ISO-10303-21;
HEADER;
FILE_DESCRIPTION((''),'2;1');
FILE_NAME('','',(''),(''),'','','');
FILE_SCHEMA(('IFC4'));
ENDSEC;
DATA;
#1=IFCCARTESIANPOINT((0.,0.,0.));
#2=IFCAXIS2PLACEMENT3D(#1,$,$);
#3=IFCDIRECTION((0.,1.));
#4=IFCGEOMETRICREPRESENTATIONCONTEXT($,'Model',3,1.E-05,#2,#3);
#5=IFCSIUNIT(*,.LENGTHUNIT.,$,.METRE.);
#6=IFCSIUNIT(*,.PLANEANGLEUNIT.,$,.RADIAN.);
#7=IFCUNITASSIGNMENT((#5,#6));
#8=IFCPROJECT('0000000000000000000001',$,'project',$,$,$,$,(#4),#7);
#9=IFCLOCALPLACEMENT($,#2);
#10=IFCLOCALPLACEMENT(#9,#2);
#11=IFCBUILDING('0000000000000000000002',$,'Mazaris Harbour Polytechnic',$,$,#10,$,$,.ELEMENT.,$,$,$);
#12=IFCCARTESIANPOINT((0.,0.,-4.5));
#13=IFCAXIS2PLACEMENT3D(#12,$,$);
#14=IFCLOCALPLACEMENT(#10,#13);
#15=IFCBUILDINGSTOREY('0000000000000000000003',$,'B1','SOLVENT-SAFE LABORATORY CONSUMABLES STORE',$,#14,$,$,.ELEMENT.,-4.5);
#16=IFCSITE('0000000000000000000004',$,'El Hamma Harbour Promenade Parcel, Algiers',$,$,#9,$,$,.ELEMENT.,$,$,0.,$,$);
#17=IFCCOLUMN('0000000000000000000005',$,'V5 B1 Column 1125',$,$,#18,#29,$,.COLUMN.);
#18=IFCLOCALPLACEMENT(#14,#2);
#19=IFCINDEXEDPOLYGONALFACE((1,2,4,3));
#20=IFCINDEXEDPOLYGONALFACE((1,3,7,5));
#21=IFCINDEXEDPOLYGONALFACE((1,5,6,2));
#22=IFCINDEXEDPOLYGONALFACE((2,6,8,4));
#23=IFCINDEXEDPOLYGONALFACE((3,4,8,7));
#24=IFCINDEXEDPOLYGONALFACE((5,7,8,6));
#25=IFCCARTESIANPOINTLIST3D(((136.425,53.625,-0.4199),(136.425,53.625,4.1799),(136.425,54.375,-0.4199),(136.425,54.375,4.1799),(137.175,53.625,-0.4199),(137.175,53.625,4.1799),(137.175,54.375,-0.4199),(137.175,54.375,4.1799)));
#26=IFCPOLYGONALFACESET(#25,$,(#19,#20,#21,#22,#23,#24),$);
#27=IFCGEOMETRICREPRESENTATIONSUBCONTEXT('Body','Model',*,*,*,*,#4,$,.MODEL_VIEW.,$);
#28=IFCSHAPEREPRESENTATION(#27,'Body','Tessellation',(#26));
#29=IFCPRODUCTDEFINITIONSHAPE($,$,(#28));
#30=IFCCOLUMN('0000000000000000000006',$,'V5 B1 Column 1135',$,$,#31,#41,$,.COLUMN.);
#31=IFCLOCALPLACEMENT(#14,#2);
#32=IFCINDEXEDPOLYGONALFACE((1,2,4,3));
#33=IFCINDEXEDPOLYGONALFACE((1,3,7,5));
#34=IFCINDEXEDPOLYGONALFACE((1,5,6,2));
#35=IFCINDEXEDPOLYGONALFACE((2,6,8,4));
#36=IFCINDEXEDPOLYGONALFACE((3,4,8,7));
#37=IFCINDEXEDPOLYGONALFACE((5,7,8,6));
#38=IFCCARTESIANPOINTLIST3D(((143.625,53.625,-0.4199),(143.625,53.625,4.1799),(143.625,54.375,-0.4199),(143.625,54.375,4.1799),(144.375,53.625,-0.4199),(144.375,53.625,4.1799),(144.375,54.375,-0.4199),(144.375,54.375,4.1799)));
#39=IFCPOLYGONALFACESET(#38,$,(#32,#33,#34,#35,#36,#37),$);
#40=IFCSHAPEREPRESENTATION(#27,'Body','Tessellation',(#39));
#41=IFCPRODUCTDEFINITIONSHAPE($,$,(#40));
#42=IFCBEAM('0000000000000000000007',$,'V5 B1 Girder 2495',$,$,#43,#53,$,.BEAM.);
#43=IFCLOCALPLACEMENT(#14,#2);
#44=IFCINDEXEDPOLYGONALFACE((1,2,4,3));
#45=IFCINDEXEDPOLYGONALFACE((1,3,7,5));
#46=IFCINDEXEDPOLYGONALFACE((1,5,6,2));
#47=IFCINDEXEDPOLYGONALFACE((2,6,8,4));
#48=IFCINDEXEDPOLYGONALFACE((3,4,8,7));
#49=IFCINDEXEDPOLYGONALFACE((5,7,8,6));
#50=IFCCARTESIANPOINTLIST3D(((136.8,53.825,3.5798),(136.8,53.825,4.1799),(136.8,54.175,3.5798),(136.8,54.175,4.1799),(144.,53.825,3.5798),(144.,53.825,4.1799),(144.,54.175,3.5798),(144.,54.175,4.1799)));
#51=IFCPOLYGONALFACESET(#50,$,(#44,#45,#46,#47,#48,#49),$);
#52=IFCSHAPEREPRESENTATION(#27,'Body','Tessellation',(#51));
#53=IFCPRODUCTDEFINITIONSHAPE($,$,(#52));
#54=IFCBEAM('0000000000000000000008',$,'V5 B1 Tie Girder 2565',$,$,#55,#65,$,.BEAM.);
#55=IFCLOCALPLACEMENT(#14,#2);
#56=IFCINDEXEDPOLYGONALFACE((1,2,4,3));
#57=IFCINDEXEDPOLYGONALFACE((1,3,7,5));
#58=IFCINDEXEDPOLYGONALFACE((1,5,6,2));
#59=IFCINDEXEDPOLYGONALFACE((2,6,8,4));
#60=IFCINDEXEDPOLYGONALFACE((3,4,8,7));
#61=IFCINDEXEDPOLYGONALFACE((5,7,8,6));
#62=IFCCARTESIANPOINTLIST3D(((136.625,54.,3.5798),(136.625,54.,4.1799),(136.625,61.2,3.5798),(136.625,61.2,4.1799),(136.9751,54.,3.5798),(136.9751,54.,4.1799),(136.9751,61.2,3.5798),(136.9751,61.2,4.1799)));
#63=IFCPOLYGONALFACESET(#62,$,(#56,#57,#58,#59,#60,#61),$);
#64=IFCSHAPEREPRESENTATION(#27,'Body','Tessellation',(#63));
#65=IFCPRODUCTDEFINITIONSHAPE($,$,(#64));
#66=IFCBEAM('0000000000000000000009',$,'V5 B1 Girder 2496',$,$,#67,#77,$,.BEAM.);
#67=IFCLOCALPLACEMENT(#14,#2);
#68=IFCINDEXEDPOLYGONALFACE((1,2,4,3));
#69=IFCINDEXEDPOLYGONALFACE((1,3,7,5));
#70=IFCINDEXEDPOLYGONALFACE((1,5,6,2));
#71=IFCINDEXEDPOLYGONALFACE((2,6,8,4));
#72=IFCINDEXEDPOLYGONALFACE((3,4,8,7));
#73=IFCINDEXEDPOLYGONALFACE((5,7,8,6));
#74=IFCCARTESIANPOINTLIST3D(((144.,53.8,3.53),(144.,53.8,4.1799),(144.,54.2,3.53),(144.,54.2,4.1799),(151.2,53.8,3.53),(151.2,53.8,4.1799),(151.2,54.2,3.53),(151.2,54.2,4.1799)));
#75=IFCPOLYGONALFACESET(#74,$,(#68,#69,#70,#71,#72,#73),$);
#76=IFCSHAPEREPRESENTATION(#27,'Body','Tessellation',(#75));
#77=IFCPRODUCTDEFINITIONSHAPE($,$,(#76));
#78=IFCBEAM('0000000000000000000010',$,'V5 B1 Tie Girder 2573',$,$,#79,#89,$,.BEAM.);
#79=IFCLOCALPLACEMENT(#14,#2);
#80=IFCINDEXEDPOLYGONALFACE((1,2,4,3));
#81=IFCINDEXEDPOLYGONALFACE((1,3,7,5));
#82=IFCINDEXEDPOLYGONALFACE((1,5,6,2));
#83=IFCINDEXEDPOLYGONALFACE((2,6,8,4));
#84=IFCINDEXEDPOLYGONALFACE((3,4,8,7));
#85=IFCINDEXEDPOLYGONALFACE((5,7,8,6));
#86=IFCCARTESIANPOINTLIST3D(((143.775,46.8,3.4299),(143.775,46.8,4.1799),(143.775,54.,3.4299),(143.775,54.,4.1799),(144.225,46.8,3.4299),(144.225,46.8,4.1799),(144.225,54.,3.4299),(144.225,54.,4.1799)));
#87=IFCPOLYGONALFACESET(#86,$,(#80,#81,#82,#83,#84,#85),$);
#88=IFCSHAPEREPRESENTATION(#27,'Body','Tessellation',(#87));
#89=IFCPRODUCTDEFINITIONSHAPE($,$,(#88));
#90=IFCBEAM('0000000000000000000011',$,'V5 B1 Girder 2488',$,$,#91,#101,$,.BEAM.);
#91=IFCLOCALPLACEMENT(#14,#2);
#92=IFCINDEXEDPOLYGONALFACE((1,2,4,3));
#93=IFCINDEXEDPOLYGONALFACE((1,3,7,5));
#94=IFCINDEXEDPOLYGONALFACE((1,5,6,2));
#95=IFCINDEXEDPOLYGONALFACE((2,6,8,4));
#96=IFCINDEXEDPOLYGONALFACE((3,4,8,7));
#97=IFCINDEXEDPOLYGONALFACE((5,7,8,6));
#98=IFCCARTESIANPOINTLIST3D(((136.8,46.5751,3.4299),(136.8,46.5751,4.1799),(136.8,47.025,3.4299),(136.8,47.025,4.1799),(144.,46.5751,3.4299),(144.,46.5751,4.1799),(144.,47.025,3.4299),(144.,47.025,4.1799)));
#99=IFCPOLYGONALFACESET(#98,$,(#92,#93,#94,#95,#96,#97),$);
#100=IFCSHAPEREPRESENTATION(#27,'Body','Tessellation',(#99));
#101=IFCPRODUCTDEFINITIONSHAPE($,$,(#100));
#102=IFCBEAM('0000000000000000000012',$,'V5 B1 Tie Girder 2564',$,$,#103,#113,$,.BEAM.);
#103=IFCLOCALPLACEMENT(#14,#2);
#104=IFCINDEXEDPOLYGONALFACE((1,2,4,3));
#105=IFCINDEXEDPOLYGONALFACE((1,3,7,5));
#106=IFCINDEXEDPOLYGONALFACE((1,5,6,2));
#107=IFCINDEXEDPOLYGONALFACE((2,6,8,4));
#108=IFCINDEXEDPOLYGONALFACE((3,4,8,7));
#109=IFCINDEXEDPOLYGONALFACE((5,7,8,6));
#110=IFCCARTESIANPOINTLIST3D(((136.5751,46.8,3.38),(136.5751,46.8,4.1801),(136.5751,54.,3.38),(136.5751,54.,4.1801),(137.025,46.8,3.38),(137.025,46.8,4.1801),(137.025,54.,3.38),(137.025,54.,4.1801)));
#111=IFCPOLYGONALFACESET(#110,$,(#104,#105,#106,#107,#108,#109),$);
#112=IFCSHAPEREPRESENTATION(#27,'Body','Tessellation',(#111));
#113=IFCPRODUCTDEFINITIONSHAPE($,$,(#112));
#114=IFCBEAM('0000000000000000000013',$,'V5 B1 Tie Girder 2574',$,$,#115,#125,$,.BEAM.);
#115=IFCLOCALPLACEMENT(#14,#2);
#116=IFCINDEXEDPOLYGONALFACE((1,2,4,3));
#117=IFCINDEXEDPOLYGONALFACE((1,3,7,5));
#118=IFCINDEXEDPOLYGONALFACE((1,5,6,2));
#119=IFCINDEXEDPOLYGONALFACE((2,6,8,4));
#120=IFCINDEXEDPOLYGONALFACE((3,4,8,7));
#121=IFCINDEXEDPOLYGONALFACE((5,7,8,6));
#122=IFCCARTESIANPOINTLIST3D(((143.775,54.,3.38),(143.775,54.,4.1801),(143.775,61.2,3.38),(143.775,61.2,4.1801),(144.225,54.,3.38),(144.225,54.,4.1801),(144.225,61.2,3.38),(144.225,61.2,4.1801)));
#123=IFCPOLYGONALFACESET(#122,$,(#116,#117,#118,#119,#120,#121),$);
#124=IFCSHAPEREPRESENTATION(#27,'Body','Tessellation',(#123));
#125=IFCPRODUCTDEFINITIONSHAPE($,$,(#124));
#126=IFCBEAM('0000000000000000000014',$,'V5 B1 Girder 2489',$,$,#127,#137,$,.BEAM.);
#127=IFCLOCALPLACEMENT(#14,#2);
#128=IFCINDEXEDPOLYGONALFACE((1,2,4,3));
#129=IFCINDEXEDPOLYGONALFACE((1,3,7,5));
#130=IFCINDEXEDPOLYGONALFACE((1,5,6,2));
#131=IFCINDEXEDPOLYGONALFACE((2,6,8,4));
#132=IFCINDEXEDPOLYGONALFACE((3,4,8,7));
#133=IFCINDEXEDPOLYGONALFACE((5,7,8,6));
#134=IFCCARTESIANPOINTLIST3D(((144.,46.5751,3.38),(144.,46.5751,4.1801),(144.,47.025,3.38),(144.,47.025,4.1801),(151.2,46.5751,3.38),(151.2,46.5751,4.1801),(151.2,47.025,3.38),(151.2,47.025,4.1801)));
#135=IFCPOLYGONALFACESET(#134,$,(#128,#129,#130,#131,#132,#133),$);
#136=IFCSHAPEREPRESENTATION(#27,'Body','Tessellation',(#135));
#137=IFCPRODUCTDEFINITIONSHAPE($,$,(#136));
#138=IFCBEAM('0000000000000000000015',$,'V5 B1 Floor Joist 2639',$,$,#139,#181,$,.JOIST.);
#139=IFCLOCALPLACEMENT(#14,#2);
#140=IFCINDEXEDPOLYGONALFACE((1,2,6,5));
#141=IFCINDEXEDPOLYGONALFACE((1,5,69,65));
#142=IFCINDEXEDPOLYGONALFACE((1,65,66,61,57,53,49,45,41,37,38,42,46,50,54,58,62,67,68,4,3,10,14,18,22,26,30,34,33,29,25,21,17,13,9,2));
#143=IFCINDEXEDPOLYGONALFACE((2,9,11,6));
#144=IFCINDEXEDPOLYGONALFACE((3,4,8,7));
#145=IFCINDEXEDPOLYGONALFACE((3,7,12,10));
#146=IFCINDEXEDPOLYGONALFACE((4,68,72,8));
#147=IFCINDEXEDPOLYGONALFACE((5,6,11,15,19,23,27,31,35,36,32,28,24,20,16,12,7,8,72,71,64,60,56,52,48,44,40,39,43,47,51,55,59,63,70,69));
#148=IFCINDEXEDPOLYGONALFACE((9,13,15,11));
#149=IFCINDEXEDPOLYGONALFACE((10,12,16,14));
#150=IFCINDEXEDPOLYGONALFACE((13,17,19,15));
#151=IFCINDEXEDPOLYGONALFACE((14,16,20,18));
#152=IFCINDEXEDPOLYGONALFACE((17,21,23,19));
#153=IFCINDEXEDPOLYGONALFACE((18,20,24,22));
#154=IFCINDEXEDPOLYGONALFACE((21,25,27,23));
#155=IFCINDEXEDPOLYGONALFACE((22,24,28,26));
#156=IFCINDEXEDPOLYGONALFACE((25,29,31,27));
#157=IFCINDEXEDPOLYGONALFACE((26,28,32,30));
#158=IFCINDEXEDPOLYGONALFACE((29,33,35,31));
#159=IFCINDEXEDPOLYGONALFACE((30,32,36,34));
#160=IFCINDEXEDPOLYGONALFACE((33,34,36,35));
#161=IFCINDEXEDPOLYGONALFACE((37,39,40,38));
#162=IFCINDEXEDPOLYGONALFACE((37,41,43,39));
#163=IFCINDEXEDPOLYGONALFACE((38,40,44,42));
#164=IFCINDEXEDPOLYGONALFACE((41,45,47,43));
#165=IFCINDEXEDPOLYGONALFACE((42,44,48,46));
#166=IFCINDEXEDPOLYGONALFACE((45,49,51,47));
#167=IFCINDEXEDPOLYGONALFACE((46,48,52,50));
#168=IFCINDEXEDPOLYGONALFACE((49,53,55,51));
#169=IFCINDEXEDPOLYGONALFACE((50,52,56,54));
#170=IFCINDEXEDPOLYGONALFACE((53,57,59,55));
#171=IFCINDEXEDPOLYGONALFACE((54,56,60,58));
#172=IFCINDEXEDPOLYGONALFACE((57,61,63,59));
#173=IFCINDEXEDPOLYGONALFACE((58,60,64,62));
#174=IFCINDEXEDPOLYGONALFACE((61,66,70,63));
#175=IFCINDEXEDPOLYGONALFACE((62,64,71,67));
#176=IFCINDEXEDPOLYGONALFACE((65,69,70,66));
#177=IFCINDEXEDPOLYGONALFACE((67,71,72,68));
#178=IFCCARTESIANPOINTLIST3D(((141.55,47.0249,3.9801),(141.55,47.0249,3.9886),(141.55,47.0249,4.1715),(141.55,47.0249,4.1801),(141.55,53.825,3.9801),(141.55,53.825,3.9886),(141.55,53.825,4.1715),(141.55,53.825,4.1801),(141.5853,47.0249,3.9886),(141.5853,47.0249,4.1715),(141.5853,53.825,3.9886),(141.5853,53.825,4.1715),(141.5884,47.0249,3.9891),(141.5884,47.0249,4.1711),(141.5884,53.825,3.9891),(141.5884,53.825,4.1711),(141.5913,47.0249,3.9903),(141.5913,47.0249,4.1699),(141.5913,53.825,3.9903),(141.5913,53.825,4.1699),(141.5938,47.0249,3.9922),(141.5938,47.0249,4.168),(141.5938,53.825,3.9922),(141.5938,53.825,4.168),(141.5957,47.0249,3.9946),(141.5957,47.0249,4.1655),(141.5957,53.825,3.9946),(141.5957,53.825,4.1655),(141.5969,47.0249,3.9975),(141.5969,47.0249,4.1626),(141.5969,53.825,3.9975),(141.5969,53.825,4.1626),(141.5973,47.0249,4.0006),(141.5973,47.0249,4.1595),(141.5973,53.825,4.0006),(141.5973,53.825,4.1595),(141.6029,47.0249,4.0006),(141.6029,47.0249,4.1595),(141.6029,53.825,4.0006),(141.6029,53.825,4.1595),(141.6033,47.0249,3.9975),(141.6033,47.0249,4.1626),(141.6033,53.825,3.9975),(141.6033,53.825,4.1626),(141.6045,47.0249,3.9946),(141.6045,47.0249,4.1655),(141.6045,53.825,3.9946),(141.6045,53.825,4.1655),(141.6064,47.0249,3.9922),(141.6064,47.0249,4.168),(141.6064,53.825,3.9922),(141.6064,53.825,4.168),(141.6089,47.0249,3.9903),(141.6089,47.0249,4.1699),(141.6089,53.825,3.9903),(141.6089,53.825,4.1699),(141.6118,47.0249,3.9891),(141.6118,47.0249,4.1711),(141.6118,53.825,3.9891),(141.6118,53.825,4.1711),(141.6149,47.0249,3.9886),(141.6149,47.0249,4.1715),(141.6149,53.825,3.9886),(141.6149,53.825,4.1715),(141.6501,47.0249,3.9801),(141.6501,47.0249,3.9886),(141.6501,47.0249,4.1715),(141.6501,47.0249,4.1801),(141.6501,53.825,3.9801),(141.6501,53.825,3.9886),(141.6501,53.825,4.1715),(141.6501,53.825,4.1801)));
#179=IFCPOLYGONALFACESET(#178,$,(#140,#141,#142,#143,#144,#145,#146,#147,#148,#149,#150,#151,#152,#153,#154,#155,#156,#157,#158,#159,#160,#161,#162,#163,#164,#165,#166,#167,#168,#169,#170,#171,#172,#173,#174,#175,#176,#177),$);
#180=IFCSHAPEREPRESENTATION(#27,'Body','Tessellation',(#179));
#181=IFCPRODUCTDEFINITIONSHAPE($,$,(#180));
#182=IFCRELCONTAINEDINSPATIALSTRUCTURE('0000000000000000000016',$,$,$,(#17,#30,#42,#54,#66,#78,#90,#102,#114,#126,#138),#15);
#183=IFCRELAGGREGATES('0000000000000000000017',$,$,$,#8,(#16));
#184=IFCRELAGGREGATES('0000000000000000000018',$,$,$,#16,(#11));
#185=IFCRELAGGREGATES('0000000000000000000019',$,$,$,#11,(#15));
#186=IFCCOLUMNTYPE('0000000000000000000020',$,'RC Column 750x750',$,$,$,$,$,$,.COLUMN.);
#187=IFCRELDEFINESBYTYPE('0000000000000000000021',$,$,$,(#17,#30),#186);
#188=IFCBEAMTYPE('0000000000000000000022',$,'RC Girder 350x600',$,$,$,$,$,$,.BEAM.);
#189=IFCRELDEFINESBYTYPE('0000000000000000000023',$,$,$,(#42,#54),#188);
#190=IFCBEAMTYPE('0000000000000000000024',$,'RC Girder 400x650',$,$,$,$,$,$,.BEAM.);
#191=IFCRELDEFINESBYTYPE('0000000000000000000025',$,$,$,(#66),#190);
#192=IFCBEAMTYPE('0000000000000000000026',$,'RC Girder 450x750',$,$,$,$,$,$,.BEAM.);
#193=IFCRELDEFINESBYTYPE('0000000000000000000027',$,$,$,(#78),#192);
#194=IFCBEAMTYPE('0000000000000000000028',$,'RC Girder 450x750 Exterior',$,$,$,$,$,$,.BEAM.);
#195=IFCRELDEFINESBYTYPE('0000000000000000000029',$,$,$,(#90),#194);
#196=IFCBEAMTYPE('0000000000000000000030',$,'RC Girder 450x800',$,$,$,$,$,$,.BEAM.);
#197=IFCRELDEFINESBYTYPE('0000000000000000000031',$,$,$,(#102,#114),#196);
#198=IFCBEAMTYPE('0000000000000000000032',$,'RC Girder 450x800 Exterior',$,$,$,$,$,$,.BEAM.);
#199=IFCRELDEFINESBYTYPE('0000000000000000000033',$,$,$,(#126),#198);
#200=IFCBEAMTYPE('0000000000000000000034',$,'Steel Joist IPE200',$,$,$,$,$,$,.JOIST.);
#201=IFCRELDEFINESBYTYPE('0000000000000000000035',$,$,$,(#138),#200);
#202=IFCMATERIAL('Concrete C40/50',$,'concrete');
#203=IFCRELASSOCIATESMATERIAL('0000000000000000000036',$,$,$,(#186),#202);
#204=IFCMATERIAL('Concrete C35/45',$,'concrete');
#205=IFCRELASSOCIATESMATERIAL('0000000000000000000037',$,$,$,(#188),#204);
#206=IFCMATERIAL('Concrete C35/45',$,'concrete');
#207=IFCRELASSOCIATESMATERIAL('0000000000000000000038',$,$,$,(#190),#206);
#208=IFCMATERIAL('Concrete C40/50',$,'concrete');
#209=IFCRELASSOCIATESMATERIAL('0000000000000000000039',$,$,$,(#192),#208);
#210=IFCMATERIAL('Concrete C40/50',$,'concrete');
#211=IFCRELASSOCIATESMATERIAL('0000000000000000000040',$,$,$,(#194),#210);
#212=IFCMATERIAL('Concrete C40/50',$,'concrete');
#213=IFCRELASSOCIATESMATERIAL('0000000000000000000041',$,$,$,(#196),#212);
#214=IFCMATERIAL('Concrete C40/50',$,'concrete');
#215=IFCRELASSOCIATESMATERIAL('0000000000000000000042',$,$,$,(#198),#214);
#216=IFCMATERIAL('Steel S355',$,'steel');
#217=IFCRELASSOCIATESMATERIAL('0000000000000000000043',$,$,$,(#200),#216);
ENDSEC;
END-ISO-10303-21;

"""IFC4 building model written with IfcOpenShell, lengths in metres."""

from ifc_helpers import new_model, si_unit, direction, frame, origin, origin_2d, place, context, subcontext, project, spatial, rectangle, i_section, extrude, material, material_profile, profile_set, type_object, element, save


model = new_model("IFC4")

# Units and contexts
model_context = context("Model", 3, precision=1e-05, world=origin(), true_north=direction((0.0, 1.0)))
body_context = subcontext(model_context, "Body", "Model", "MODEL_VIEW")
ifc_project = project(units=[si_unit("LENGTHUNIT", "METRE"), si_unit("PLANEANGLEUNIT", "RADIAN")], contexts=[model_context])

# Site, building, storey
site_placement = place(None, origin())
site = spatial("IfcSite", under=ifc_project, at=site_placement, Name="El Hamma Harbour Promenade Parcel, Algiers", CompositionType="ELEMENT", RefElevation=0.0)
building_placement = place(site_placement, origin())
building = spatial("IfcBuilding", under=site, at=building_placement, Name="Mazaris Harbour Polytechnic", CompositionType="ELEMENT")
storey_placement = place(building_placement, frame((0.0, 0.0, -4.5)))
storey = spatial("IfcBuildingStorey", under=building, at=storey_placement, Name="B1", Description="SOLVENT-SAFE LABORATORY CONSUMABLES STORE", CompositionType="ELEMENT", Elevation=-4.5)

# Columns
ifc_material_1 = material(Name="Concrete C40/50", Category="concrete")
ifc_material_profile_1 = material_profile(ifc_material_1, rectangle(XDim=0.75, YDim=0.75, at=origin_2d()), Name="RECT750x750")
ifc_profile_set_1 = profile_set([ifc_material_profile_1], Name="Concrete C40/50")
column_type_1 = type_object("IfcColumnType", Name="RC Column 750x750", PredefinedType="COLUMN", material=ifc_profile_set_1)
for number, where, z_axis, x_axis, name in (
    (1, (136.8, 54.0, -0.4199), (0.0, 0.0, 1.0), (1.0, 0.0, 0.0), "V5 B1 Column 1125"),
    (2, (144.0, 54.0, -0.4199), (0.0, 0.0, 1.0), (1.0, 0.0, 0.0), "V5 B1 Column 1135"),
):
    element("IfcColumn", number, at=place(storey_placement, frame(where, z_axis=z_axis, x_axis=x_axis)), inside=storey, type_object=column_type_1, Name=name, PredefinedType="COLUMN", context=body_context, shape_type="SweptSolid", body=[
        extrude(rectangle(XDim=0.75, YDim=0.75, at=origin_2d()), origin(), (0.0, 0.0, 1.0), 4.5999),
    ])

# Beams
ifc_material_2 = material(Name="Concrete C35/45", Category="concrete")
ifc_material_profile_2 = material_profile(ifc_material_2, rectangle(XDim=0.3501, YDim=0.6001, at=origin_2d()), Name="RECT350x600")
ifc_profile_set_2 = profile_set([ifc_material_profile_2], Name="Concrete C35/45")
beam_type_1 = type_object("IfcBeamType", Name="RC Girder 350x600", PredefinedType="BEAM", material=ifc_profile_set_2)
for number, where, z_axis, x_axis, name in (
    (3, (136.8, 54.0, 3.8799), (1.0, 0.0, 0.0), (0.0, 1.0, 0.0), "V5 B1 Girder 2495"),
    (4, (136.8, 54.0, 3.8799), (0.0, 1.0, 0.0), (-1.0, 0.0, 0.0), "V5 B1 Tie Girder 2565"),
):
    element("IfcBeam", number, at=place(storey_placement, frame(where, z_axis=z_axis, x_axis=x_axis)), inside=storey, type_object=beam_type_1, Name=name, PredefinedType="BEAM", context=body_context, shape_type="SweptSolid", body=[
        extrude(rectangle(XDim=0.3501, YDim=0.6001, at=origin_2d()), origin(), (0.0, 0.0, 1.0), 7.2),
    ])
ifc_material_3 = material(Name="Concrete C35/45", Category="concrete")
ifc_material_profile_3 = material_profile(ifc_material_3, rectangle(XDim=0.3999, YDim=0.6499, at=origin_2d()), Name="RECT400x650")
ifc_profile_set_3 = profile_set([ifc_material_profile_3], Name="Concrete C35/45")
beam_type_2 = type_object("IfcBeamType", Name="RC Girder 400x650", PredefinedType="BEAM", material=ifc_profile_set_3)
beam_1_placement = place(storey_placement, frame((144.0, 54.0, 3.855), z_axis=(1.0, 0.0, 0.0), x_axis=(0.0, 1.0, 0.0)))
element("IfcBeam", 5, at=beam_1_placement, inside=storey, type_object=beam_type_2, Name="V5 B1 Girder 2496", PredefinedType="BEAM", context=body_context, shape_type="SweptSolid", body=[
    extrude(rectangle(XDim=0.3999, YDim=0.6499, at=origin_2d()), origin(), (0.0, 0.0, 1.0), 7.2),
])
ifc_material_4 = material(Name="Concrete C40/50", Category="concrete")
ifc_material_profile_4 = material_profile(ifc_material_4, rectangle(XDim=0.45, YDim=0.75, at=origin_2d()), Name="RECT450x750")
ifc_profile_set_4 = profile_set([ifc_material_profile_4], Name="Concrete C40/50")
beam_type_3 = type_object("IfcBeamType", Name="RC Girder 450x750", PredefinedType="BEAM", material=ifc_profile_set_4)
beam_2_placement = place(storey_placement, frame((144.0, 46.8, 3.8049), z_axis=(0.0, 1.0, 0.0), x_axis=(-1.0, 0.0, 0.0)))
element("IfcBeam", 6, at=beam_2_placement, inside=storey, type_object=beam_type_3, Name="V5 B1 Tie Girder 2573", PredefinedType="BEAM", context=body_context, shape_type="SweptSolid", body=[
    extrude(rectangle(XDim=0.45, YDim=0.75, at=origin_2d()), origin(), (0.0, 0.0, 1.0), 7.2),
])
ifc_material_5 = material(Name="Concrete C40/50", Category="concrete")
ifc_material_profile_5 = material_profile(ifc_material_5, rectangle(XDim=0.45, YDim=0.75, at=origin_2d()), Name="RECT450x750")
ifc_profile_set_5 = profile_set([ifc_material_profile_5], Name="Concrete C40/50")
beam_type_4 = type_object("IfcBeamType", Name="RC Girder 450x750 Exterior", PredefinedType="BEAM", material=ifc_profile_set_5)
beam_3_placement = place(storey_placement, frame((136.8, 46.8, 3.8049), z_axis=(1.0, 0.0, 0.0), x_axis=(0.0, 1.0, 0.0)))
element("IfcBeam", 7, at=beam_3_placement, inside=storey, type_object=beam_type_4, Name="V5 B1 Girder 2488", PredefinedType="BEAM", context=body_context, shape_type="SweptSolid", body=[
    extrude(rectangle(XDim=0.45, YDim=0.75, at=origin_2d()), origin(), (0.0, 0.0, 1.0), 7.2),
])
ifc_material_6 = material(Name="Concrete C40/50", Category="concrete")
ifc_material_profile_6 = material_profile(ifc_material_6, rectangle(XDim=0.45, YDim=0.8, at=origin_2d()), Name="RECT450x800")
ifc_profile_set_6 = profile_set([ifc_material_profile_6], Name="Concrete C40/50")
beam_type_5 = type_object("IfcBeamType", Name="RC Girder 450x800", PredefinedType="BEAM", material=ifc_profile_set_6)
for number, where, z_axis, x_axis, name in (
    (8, (136.8, 46.8, 3.78), (0.0, 1.0, 0.0), (-1.0, 0.0, 0.0), "V5 B1 Tie Girder 2564"),
    (9, (144.0, 54.0, 3.78), (0.0, 1.0, 0.0), (-1.0, 0.0, 0.0), "V5 B1 Tie Girder 2574"),
):
    element("IfcBeam", number, at=place(storey_placement, frame(where, z_axis=z_axis, x_axis=x_axis)), inside=storey, type_object=beam_type_5, Name=name, PredefinedType="BEAM", context=body_context, shape_type="SweptSolid", body=[
        extrude(rectangle(XDim=0.45, YDim=0.8, at=origin_2d()), origin(), (0.0, 0.0, 1.0), 7.2),
    ])
ifc_material_7 = material(Name="Concrete C40/50", Category="concrete")
ifc_material_profile_7 = material_profile(ifc_material_7, rectangle(XDim=0.45, YDim=0.8, at=origin_2d()), Name="RECT450x800")
ifc_profile_set_7 = profile_set([ifc_material_profile_7], Name="Concrete C40/50")
beam_type_6 = type_object("IfcBeamType", Name="RC Girder 450x800 Exterior", PredefinedType="BEAM", material=ifc_profile_set_7)
beam_4_placement = place(storey_placement, frame((144.0, 46.8, 3.78), z_axis=(1.0, 0.0, 0.0), x_axis=(0.0, 1.0, 0.0)))
element("IfcBeam", 10, at=beam_4_placement, inside=storey, type_object=beam_type_6, Name="V5 B1 Girder 2489", PredefinedType="BEAM", context=body_context, shape_type="SweptSolid", body=[
    extrude(rectangle(XDim=0.45, YDim=0.8, at=origin_2d()), origin(), (0.0, 0.0, 1.0), 7.2),
])
ifc_material_8 = material(Name="Steel S355", Category="steel")
ifc_material_profile_8 = material_profile(ifc_material_8, i_section(OverallWidth=0.1001, OverallDepth=0.2, WebThickness=0.0056, FlangeThickness=0.0085, FilletRadius=0.012, at=origin_2d()), Name="IPE 200")
ifc_profile_set_8 = profile_set([ifc_material_profile_8], Name="Steel S355")
beam_type_7 = type_object("IfcBeamType", Name="Steel Joist IPE200", PredefinedType="JOIST", material=ifc_profile_set_8)
beam_5_placement = place(storey_placement, frame((141.6001, 47.0249, 4.0801), z_axis=(0.0, 1.0, 0.0), x_axis=(-1.0, 0.0, 0.0)))
element("IfcBeam", 11, at=beam_5_placement, inside=storey, type_object=beam_type_7, Name="V5 B1 Floor Joist 2639", PredefinedType="JOIST", context=body_context, shape_type="SweptSolid", body=[
    extrude(i_section(OverallWidth=0.1001, OverallDepth=0.2, WebThickness=0.0056, FlangeThickness=0.0085, FilletRadius=0.012, at=origin_2d()), origin(), (0.0, 0.0, 1.0), 6.8),
])

save(model, "model.ifc")
